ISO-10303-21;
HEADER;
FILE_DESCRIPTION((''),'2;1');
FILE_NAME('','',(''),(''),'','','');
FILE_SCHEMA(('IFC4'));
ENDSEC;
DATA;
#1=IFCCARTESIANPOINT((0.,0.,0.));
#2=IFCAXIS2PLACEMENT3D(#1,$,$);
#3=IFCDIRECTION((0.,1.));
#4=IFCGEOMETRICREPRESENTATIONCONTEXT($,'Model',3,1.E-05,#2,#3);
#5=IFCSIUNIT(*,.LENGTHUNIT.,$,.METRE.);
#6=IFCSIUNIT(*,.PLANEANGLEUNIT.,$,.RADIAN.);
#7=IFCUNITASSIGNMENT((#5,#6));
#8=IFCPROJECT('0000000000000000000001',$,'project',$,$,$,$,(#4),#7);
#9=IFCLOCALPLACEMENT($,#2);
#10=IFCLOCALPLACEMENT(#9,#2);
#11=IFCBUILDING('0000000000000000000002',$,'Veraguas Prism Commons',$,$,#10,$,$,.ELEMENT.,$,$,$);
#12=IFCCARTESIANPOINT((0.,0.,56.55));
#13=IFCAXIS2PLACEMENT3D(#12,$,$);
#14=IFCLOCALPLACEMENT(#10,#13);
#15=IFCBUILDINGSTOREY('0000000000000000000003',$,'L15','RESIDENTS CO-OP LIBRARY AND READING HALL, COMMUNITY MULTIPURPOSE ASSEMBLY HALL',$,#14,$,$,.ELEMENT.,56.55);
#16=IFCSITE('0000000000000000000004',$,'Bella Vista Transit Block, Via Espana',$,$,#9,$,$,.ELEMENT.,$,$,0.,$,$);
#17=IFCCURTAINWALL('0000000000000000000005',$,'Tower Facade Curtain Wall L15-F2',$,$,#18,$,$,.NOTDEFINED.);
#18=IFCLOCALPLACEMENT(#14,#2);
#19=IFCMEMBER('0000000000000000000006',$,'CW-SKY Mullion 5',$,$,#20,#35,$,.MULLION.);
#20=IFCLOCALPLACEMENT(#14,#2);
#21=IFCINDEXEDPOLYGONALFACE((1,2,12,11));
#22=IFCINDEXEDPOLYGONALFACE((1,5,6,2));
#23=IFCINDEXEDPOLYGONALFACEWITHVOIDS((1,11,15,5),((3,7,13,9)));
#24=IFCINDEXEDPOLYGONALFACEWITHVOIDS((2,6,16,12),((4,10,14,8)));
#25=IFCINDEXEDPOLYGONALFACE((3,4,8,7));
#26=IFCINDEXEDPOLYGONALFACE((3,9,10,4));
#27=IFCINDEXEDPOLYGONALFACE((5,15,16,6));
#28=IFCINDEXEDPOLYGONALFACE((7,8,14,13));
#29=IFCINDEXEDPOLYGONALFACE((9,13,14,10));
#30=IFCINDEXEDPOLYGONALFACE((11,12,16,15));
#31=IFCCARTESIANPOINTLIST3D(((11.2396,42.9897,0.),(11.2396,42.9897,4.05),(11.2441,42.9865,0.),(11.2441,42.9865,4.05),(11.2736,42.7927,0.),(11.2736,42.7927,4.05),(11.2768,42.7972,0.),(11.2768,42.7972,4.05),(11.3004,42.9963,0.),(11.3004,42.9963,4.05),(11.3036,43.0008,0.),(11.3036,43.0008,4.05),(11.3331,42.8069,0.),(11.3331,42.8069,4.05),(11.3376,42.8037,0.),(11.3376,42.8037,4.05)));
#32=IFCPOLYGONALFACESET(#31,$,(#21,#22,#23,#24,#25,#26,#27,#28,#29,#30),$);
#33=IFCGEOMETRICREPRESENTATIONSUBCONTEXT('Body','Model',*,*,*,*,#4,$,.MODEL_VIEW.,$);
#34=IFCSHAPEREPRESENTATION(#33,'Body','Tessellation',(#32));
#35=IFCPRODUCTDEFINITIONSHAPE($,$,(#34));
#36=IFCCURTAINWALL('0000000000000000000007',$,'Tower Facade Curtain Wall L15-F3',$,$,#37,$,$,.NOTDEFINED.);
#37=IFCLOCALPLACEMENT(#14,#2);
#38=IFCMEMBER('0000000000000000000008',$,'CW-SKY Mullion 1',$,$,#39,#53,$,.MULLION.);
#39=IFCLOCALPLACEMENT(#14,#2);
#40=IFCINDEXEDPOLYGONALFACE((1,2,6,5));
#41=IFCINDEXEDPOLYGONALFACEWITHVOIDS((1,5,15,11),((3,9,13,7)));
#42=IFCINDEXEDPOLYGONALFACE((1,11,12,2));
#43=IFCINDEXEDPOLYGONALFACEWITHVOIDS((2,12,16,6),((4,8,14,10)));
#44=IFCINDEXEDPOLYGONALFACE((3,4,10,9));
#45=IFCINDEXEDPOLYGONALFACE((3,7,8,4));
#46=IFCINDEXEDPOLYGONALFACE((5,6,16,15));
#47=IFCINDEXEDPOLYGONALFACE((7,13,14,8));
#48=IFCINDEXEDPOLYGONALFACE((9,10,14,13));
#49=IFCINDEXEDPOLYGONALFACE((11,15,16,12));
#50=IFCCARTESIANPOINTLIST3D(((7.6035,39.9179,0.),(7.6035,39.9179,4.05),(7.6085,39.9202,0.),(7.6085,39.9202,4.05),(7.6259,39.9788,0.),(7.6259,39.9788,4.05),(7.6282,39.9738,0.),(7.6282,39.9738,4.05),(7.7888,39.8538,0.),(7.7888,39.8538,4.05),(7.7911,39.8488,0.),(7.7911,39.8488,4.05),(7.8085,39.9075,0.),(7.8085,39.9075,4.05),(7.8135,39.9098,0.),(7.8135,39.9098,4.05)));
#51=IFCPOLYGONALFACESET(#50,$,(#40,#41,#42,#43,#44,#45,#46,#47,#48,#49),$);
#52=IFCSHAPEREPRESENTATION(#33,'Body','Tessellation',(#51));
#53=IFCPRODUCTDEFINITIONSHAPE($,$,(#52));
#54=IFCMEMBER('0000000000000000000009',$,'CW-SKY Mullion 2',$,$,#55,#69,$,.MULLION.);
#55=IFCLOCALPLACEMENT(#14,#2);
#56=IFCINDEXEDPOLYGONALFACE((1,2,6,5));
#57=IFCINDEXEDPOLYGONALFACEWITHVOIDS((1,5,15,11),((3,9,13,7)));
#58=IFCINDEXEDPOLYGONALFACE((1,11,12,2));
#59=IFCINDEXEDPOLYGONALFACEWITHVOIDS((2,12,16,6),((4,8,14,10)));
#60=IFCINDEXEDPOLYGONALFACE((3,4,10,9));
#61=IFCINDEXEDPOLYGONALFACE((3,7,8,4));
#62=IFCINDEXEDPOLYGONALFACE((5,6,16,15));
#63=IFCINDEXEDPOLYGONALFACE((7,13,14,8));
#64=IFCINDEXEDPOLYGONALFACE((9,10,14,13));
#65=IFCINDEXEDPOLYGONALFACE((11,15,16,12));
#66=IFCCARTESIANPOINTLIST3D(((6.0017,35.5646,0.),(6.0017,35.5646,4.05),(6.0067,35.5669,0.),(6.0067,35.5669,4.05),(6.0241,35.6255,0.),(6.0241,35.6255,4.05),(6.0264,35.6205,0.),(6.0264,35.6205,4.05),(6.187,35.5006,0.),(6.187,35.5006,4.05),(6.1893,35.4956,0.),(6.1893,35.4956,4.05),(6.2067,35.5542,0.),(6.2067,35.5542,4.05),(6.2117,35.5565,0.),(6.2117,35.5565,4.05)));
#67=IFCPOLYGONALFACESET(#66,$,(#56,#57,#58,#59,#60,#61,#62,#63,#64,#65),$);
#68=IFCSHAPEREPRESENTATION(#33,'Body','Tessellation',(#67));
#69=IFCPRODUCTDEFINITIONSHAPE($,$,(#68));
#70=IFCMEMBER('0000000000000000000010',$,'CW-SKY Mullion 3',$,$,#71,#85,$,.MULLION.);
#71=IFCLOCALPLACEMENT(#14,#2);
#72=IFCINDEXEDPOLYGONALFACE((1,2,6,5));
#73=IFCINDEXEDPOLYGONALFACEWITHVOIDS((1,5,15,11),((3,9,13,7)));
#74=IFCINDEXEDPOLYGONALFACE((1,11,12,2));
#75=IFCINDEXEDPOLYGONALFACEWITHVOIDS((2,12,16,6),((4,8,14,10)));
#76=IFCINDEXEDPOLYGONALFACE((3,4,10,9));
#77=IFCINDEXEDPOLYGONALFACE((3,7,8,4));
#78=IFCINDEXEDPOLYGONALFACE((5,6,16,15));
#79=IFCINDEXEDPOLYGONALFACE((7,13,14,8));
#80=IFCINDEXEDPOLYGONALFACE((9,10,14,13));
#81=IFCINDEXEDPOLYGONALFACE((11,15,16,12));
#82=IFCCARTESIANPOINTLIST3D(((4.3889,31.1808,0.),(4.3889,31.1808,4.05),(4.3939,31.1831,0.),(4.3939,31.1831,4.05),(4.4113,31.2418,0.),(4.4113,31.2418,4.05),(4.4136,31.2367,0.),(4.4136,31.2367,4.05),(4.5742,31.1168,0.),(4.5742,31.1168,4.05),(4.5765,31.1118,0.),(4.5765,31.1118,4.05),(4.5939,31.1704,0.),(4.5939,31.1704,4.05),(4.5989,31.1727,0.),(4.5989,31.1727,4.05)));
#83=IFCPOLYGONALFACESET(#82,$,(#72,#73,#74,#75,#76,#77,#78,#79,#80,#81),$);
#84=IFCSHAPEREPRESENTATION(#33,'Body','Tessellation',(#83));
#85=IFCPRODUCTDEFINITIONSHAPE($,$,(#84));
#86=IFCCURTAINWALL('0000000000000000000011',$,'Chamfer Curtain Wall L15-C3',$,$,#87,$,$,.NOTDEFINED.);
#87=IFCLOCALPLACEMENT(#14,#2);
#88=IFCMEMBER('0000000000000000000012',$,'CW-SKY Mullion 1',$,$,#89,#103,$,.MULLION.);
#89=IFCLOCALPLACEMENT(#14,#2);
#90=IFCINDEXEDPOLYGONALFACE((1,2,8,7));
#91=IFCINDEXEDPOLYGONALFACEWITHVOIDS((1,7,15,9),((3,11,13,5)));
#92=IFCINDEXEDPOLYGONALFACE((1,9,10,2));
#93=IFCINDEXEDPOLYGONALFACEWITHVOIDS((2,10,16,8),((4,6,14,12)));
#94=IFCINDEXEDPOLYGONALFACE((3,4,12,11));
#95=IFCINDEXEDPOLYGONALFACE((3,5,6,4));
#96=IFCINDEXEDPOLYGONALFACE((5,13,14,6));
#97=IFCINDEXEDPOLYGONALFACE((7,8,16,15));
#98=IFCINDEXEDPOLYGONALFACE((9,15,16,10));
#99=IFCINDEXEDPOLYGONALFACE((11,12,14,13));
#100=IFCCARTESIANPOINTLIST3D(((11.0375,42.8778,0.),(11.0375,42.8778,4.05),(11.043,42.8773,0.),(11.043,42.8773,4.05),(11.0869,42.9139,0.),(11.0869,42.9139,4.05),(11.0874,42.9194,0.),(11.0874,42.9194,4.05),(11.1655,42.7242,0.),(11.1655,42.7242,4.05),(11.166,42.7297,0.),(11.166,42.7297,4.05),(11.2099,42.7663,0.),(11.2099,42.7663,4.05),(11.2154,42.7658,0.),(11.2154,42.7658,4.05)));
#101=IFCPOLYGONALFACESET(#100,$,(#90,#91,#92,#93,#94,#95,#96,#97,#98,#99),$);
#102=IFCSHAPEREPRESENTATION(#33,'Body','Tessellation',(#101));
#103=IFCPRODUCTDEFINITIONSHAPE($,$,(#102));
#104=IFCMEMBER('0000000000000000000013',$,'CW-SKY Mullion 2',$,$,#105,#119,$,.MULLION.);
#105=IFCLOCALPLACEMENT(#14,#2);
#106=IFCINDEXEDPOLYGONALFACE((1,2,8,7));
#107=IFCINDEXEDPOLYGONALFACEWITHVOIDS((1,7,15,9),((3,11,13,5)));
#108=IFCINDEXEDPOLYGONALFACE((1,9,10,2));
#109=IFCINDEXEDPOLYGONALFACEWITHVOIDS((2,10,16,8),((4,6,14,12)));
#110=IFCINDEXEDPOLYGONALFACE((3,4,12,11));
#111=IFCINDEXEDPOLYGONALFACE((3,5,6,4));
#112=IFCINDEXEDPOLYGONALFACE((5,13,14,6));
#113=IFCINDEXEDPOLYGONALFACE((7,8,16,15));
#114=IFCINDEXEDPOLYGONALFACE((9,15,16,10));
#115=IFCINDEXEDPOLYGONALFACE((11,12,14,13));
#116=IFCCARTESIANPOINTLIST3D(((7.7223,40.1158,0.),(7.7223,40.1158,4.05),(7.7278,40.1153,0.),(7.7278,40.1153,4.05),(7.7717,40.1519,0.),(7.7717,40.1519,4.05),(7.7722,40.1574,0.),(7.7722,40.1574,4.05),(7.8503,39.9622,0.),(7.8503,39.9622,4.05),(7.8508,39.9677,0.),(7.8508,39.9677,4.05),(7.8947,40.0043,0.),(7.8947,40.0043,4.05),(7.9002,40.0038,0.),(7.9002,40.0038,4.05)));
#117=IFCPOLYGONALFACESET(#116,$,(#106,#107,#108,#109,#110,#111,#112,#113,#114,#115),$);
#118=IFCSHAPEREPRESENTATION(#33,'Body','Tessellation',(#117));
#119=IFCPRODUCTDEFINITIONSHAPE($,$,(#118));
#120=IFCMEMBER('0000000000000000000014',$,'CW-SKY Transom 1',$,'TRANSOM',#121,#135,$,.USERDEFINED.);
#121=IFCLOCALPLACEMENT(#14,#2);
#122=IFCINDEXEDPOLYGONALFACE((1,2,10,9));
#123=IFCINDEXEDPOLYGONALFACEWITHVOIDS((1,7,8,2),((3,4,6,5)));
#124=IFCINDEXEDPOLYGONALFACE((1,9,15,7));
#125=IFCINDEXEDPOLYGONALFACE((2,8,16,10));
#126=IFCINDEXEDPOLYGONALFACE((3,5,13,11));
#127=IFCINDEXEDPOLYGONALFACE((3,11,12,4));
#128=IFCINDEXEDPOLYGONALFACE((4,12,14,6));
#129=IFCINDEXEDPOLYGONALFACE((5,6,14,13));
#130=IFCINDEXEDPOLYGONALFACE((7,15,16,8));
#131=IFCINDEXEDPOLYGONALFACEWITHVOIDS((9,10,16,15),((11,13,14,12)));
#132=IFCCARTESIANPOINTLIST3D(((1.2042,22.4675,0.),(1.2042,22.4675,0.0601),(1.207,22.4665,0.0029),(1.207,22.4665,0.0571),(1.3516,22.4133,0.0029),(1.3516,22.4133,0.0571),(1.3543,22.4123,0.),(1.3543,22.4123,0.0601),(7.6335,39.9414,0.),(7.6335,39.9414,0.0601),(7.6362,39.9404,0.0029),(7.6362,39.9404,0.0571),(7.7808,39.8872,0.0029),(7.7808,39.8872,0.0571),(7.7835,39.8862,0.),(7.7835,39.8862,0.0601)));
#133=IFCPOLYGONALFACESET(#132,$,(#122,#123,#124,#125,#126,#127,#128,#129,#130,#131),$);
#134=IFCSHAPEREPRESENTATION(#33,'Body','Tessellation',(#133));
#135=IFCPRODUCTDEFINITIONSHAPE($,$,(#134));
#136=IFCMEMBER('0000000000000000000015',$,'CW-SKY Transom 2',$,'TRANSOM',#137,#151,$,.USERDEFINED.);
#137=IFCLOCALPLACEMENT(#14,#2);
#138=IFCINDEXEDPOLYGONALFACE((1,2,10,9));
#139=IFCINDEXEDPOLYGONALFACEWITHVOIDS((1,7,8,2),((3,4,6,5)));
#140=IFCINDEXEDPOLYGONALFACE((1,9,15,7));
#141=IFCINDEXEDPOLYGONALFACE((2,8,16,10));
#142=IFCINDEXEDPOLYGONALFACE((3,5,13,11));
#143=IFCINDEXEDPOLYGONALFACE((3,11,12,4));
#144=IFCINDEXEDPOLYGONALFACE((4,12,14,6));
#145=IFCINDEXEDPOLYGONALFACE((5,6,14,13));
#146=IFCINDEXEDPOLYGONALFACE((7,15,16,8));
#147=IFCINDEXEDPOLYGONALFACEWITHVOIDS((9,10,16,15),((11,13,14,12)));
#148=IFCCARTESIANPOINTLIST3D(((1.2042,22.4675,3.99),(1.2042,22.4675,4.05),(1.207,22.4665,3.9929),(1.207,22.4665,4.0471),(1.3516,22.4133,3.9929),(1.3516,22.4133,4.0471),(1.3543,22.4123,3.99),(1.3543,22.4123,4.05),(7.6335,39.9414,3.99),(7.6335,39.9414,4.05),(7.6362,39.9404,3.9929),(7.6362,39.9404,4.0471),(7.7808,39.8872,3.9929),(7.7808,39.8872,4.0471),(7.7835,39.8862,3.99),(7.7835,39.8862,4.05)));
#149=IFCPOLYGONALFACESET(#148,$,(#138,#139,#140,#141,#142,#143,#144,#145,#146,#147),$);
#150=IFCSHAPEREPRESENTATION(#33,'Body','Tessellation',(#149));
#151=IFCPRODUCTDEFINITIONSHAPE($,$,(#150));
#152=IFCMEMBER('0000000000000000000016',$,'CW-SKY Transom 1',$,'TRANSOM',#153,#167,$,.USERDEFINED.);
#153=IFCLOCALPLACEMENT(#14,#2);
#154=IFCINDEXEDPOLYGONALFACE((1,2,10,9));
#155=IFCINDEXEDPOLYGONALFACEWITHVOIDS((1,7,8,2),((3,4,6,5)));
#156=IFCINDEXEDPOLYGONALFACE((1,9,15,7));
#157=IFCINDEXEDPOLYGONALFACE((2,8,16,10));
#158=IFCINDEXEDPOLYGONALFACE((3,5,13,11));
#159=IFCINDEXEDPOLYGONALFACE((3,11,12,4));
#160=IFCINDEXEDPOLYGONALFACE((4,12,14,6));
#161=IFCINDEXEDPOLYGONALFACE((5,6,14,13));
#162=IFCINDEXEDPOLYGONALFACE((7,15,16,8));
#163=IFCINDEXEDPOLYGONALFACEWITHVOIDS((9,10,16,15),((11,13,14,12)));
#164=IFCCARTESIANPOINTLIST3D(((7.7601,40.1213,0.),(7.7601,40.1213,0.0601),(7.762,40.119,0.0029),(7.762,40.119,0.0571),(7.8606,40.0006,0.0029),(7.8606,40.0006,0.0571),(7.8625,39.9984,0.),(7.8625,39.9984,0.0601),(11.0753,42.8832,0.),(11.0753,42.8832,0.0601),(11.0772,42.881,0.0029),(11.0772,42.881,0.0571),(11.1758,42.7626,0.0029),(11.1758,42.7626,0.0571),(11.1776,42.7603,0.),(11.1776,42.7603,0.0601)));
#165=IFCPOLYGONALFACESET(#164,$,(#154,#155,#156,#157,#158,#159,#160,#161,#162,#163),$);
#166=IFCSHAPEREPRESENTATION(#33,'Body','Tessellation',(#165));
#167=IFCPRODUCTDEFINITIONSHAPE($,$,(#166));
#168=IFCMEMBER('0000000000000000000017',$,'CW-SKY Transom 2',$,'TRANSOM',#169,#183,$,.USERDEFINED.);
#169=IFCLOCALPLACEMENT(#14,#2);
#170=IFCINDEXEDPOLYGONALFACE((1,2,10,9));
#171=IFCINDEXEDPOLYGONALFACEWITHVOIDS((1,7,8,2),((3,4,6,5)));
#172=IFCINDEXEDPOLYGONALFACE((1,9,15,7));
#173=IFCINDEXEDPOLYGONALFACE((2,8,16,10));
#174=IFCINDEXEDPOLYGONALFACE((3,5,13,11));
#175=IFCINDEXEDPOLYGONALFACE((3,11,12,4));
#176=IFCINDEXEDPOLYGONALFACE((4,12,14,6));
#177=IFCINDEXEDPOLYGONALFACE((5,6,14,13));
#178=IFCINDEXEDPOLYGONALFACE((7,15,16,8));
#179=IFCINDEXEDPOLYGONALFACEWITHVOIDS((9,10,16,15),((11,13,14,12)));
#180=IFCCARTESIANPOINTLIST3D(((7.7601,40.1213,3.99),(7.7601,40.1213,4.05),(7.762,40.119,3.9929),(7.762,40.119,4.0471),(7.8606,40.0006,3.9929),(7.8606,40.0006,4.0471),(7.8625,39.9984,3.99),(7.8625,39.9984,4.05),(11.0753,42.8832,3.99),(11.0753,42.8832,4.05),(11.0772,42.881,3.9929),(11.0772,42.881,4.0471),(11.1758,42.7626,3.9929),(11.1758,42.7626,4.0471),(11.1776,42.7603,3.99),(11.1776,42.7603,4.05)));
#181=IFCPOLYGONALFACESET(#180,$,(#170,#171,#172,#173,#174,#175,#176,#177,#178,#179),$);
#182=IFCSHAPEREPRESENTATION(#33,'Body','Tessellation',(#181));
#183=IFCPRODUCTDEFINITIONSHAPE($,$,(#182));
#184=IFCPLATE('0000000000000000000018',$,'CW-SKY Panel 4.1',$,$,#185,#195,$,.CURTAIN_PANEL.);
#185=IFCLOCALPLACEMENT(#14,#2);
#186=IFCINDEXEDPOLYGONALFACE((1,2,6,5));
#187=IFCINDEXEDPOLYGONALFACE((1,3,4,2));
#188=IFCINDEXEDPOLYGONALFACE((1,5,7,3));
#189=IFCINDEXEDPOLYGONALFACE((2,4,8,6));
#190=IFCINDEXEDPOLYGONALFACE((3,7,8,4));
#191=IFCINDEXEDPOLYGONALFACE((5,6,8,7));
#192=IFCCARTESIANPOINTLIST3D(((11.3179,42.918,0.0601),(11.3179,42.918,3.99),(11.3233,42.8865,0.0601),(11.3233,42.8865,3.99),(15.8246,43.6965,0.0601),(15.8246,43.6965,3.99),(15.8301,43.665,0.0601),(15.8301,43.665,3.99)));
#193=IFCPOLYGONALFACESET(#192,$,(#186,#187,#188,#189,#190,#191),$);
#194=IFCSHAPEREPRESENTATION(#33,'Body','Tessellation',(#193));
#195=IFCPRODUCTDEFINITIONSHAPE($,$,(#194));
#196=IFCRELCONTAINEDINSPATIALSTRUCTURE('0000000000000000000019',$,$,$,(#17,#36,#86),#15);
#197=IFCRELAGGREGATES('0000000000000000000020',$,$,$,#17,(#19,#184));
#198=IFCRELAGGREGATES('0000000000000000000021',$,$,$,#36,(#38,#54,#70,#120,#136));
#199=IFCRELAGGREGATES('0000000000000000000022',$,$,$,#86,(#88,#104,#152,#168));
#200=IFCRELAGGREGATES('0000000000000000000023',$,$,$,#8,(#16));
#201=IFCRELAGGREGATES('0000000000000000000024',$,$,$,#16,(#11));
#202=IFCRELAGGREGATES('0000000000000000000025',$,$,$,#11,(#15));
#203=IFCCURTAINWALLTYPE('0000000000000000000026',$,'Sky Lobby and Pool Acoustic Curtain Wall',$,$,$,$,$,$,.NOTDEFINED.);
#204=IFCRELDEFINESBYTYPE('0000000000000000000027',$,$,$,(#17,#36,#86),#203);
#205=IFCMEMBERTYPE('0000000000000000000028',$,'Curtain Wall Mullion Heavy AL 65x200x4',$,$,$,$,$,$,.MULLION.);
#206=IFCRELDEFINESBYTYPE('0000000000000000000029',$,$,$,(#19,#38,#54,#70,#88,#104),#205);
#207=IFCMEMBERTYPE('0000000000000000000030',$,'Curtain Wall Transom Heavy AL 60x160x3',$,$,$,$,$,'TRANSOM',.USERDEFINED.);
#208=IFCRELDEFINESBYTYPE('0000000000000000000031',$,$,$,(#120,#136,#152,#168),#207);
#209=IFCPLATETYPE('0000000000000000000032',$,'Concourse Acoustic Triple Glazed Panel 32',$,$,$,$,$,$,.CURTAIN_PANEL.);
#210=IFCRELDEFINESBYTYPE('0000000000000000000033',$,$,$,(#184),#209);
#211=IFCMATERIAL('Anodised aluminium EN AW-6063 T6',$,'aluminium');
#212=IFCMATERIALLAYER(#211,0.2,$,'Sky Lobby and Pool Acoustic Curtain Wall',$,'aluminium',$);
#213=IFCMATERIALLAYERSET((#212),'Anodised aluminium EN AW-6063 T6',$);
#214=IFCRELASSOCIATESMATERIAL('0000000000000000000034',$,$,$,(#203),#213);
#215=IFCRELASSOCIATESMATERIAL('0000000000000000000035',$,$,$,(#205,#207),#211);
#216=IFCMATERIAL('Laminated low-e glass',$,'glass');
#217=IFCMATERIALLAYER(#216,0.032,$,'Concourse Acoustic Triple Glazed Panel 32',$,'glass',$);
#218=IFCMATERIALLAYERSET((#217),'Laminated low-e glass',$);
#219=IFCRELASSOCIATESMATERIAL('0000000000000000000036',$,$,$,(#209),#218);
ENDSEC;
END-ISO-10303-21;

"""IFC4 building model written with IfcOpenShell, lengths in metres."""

from ifc_helpers import new_model, si_unit, direction, frame, origin, origin_2d, place, context, subcontext, project, spatial, rectangle, hollow_rectangle, extrude, source, transform, mapped, material, layer, layer_set, material_profile, profile_set, type_object, element, aggregate, save


model = new_model("IFC4")

# Units and contexts
model_context = context("Model", 3, precision=1e-05, world=origin(), true_north=direction((0.0, 1.0)))
body_context = subcontext(model_context, "Body", "Model", "MODEL_VIEW")
ifc_project = project(units=[si_unit("LENGTHUNIT", "METRE"), si_unit("PLANEANGLEUNIT", "RADIAN")], contexts=[model_context])

# Site, building, storey
site_placement = place(None, origin())
site = spatial("IfcSite", under=ifc_project, at=site_placement, Name="Bella Vista Transit Block, Via Espana", CompositionType="ELEMENT", RefElevation=0.0)
building_placement = place(site_placement, origin())
building = spatial("IfcBuilding", under=site, at=building_placement, Name="Veraguas Prism Commons", CompositionType="ELEMENT")
storey_placement = place(building_placement, frame((0.0, 0.0, 56.55)))
storey = spatial("IfcBuildingStorey", under=building, at=storey_placement, Name="L15", Description="RESIDENTS CO-OP LIBRARY AND READING HALL, COMMUNITY MULTIPURPOSE ASSEMBLY HALL", CompositionType="ELEMENT", Elevation=56.55)

# Curtain wall, member
ifc_material_1 = material(Name="Anodised aluminium EN AW-6063 T6", Category="aluminium")
ifc_layer_1 = layer(ifc_material_1, 0.2, Name="Sky Lobby and Pool Acoustic Curtain Wall", Category="aluminium")
ifc_layer_set_1 = layer_set([ifc_layer_1], Name="Anodised aluminium EN AW-6063 T6")
curtain_wall_type = type_object("IfcCurtainWallType", Name="Sky Lobby and Pool Acoustic Curtain Wall", PredefinedType="NOTDEFINED", material=ifc_layer_set_1)
curtain_wall_1_placement = place(storey_placement, origin())
curtain_wall_1 = element("IfcCurtainWall", 1, at=curtain_wall_1_placement, inside=storey, type_object=curtain_wall_type, Name="Tower Facade Curtain Wall L15-F2", PredefinedType="NOTDEFINED")
ifc_material_profile_1 = material_profile(ifc_material_1, hollow_rectangle(XDim=0.0649, YDim=0.2, WallThickness=0.0039, at=origin_2d()), Name="AL65X200X4")
ifc_profile_set_1 = profile_set([ifc_material_profile_1], Name="Anodised aluminium EN AW-6063 T6")
member_type_1 = type_object("IfcMemberType", Name="Curtain Wall Mullion Heavy AL 65x200x4", PredefinedType="MULLION", material=ifc_profile_set_1)
shared_shape_1 = source(origin(), body_context, "Body", "SweptSolid", [
    extrude(hollow_rectangle(XDim=0.0649, YDim=0.2, WallThickness=0.0039, at=origin_2d()), origin(), (0.0, 0.0, 1.0), 4.05),
])
member_1_placement = place(storey_placement, frame((11.2886, 42.8967, 0.0), z_axis=(0.0, 0.0, 1.0), x_axis=(-0.985408, -0.170209, 0.0)))
member_1 = element("IfcMember", 2, at=member_1_placement, type_object=member_type_1, Name="CW-SKY Mullion 5", PredefinedType="MULLION", context=body_context, shape_type="MappedRepresentation", body=[
    mapped(shared_shape_1, transform((0.0, 0.0, 0.0), scale=1.0)),
])

# Curtain walls, members
curtain_wall_2_placement = place(storey_placement, origin())
curtain_wall_2 = element("IfcCurtainWall", 3, at=curtain_wall_2_placement, inside=storey, type_object=curtain_wall_type, Name="Tower Facade Curtain Wall L15-F3", PredefinedType="NOTDEFINED")
member_2_placement = place(storey_placement, frame((7.7085, 39.9138, 0.0), z_axis=(0.0, 0.0, 1.0), x_axis=(-0.345301, -0.938492, 0.0)))
member_2 = element("IfcMember", 4, at=member_2_placement, type_object=member_type_1, Name="CW-SKY Mullion 1", PredefinedType="MULLION", context=body_context, shape_type="MappedRepresentation", body=[
    mapped(shared_shape_1, transform((0.0, 0.0, 0.0), scale=1.0)),
])
member_3_placement = place(storey_placement, frame((6.1067, 35.5605, 0.0), z_axis=(0.0, 0.0, 1.0), x_axis=(-0.345301, -0.938492, 0.0)))
member_3 = element("IfcMember", 5, at=member_3_placement, type_object=member_type_1, Name="CW-SKY Mullion 2", PredefinedType="MULLION", context=body_context, shape_type="MappedRepresentation", body=[
    mapped(shared_shape_1, transform((0.0, 0.0, 0.0), scale=1.0)),
])
member_4_placement = place(storey_placement, frame((4.4939, 31.1768, 0.0), z_axis=(0.0, 0.0, 1.0), x_axis=(-0.345301, -0.938492, 0.0)))
member_4 = element("IfcMember", 6, at=member_4_placement, type_object=member_type_1, Name="CW-SKY Mullion 3", PredefinedType="MULLION", context=body_context, shape_type="MappedRepresentation", body=[
    mapped(shared_shape_1, transform((0.0, 0.0, 0.0), scale=1.0)),
])
curtain_wall_3_placement = place(storey_placement, origin())
curtain_wall_3 = element("IfcCurtainWall", 7, at=curtain_wall_3_placement, inside=storey, type_object=curtain_wall_type, Name="Chamfer Curtain Wall L15-C3", PredefinedType="NOTDEFINED")
member_5_placement = place(storey_placement, frame((11.1265, 42.8218, 0.0), z_axis=(0.0, 0.0, 1.0), x_axis=(-0.768273, -0.640122, 0.0)))
member_5 = element("IfcMember", 8, at=member_5_placement, type_object=member_type_1, Name="CW-SKY Mullion 1", PredefinedType="MULLION", context=body_context, shape_type="MappedRepresentation", body=[
    mapped(shared_shape_1, transform((0.0, 0.0, 0.0), scale=1.0)),
])
member_6_placement = place(storey_placement, frame((7.8113, 40.0598, 0.0), z_axis=(0.0, 0.0, 1.0), x_axis=(-0.768273, -0.640122, 0.0)))
member_6 = element("IfcMember", 9, at=member_6_placement, type_object=member_type_1, Name="CW-SKY Mullion 2", PredefinedType="MULLION", context=body_context, shape_type="MappedRepresentation", body=[
    mapped(shared_shape_1, transform((0.0, 0.0, 0.0), scale=1.0)),
])

# Members
ifc_material_profile_2 = material_profile(ifc_material_1, hollow_rectangle(XDim=0.0601, YDim=0.1599, WallThickness=0.0029, at=origin_2d()), Name="AL60X160X3")
ifc_profile_set_2 = profile_set([ifc_material_profile_2], Name="Anodised aluminium EN AW-6063 T6")
member_type_2 = type_object("IfcMemberType", Name="Curtain Wall Transom Heavy AL 60x160x3", ElementType="TRANSOM", PredefinedType="USERDEFINED", material=ifc_profile_set_2)
shared_shape_2 = source(origin(), body_context, "Body", "SweptSolid", [
    extrude(hollow_rectangle(XDim=0.0601, YDim=0.1599, WallThickness=0.0029, at=origin_2d()), origin(), (0.0, 0.0, 1.0), 18.6191),
])
member_7_placement = place(storey_placement, frame((7.7085, 39.9138, 0.03), z_axis=(-0.345301, -0.938492, 0.0), x_axis=(0.0, 0.0, 1.0)))
member_7 = element("IfcMember", 10, at=member_7_placement, type_object=member_type_2, Name="CW-SKY Transom 1", ObjectType="TRANSOM", PredefinedType="USERDEFINED", context=body_context, shape_type="MappedRepresentation", body=[
    mapped(shared_shape_2, transform((0.0, 0.0, 0.0), scale=1.0)),
])
member_8_placement = place(storey_placement, frame((7.7085, 39.9138, 4.02), z_axis=(-0.345301, -0.938492, 0.0), x_axis=(0.0, 0.0, 1.0)))
member_8 = element("IfcMember", 11, at=member_8_placement, type_object=member_type_2, Name="CW-SKY Transom 2", ObjectType="TRANSOM", PredefinedType="USERDEFINED", context=body_context, shape_type="MappedRepresentation", body=[
    mapped(shared_shape_2, transform((0.0, 0.0, 0.0), scale=1.0)),
])
shared_shape_3 = source(origin(), body_context, "Body", "SweptSolid", [
    extrude(hollow_rectangle(XDim=0.0601, YDim=0.1599, WallThickness=0.0029, at=origin_2d()), origin(), (0.0, 0.0, 1.0), 4.3149),
])
member_9_placement = place(storey_placement, frame((11.1265, 42.8218, 0.03), z_axis=(-0.7683, -0.64009, 0.0), x_axis=(0.0, 0.0, 1.0)))
member_9 = element("IfcMember", 12, at=member_9_placement, type_object=member_type_2, Name="CW-SKY Transom 1", ObjectType="TRANSOM", PredefinedType="USERDEFINED", context=body_context, shape_type="MappedRepresentation", body=[
    mapped(shared_shape_3, transform((0.0, 0.0, 0.0), scale=1.0)),
])
member_10_placement = place(storey_placement, frame((11.1265, 42.8218, 4.02), z_axis=(-0.7683, -0.64009, 0.0), x_axis=(0.0, 0.0, 1.0)))
member_10 = element("IfcMember", 13, at=member_10_placement, type_object=member_type_2, Name="CW-SKY Transom 2", ObjectType="TRANSOM", PredefinedType="USERDEFINED", context=body_context, shape_type="MappedRepresentation", body=[
    mapped(shared_shape_3, transform((0.0, 0.0, 0.0), scale=1.0)),
])

# Plate
ifc_material_2 = material(Name="Laminated low-e glass", Category="glass")
ifc_layer_2 = layer(ifc_material_2, 0.032, Name="Concourse Acoustic Triple Glazed Panel 32", Category="glass")
ifc_layer_set_2 = layer_set([ifc_layer_2], Name="Laminated low-e glass")
plate_type = type_object("IfcPlateType", Name="Concourse Acoustic Triple Glazed Panel 32", PredefinedType="CURTAIN_PANEL", material=ifc_layer_set_2)
shared_shape_4 = source(origin(), body_context, "Body", "SweptSolid", [
    extrude(rectangle(XDim=4.5735, YDim=0.032, at=origin_2d()), origin(), (0.0, 0.0, 1.0), 3.9299),
])
plate_1_placement = place(storey_placement, frame((13.574, 43.2915, 0.0601), z_axis=(0.0, 0.0, 1.0), x_axis=(-0.985408, -0.170209, 0.0)))
plate_1 = element("IfcPlate", 14, at=plate_1_placement, type_object=plate_type, Name="CW-SKY Panel 4.1", PredefinedType="CURTAIN_PANEL", context=body_context, shape_type="MappedRepresentation", body=[
    mapped(shared_shape_4, transform((0.0, 0.0, 0.0), scale=1.0)),
])
aggregate(curtain_wall_1, [member_1, plate_1])
aggregate(curtain_wall_2, [member_2, member_3, member_4, member_7, member_8])
aggregate(curtain_wall_3, [member_5, member_6, member_9, member_10])

save(model, "model.ifc")
